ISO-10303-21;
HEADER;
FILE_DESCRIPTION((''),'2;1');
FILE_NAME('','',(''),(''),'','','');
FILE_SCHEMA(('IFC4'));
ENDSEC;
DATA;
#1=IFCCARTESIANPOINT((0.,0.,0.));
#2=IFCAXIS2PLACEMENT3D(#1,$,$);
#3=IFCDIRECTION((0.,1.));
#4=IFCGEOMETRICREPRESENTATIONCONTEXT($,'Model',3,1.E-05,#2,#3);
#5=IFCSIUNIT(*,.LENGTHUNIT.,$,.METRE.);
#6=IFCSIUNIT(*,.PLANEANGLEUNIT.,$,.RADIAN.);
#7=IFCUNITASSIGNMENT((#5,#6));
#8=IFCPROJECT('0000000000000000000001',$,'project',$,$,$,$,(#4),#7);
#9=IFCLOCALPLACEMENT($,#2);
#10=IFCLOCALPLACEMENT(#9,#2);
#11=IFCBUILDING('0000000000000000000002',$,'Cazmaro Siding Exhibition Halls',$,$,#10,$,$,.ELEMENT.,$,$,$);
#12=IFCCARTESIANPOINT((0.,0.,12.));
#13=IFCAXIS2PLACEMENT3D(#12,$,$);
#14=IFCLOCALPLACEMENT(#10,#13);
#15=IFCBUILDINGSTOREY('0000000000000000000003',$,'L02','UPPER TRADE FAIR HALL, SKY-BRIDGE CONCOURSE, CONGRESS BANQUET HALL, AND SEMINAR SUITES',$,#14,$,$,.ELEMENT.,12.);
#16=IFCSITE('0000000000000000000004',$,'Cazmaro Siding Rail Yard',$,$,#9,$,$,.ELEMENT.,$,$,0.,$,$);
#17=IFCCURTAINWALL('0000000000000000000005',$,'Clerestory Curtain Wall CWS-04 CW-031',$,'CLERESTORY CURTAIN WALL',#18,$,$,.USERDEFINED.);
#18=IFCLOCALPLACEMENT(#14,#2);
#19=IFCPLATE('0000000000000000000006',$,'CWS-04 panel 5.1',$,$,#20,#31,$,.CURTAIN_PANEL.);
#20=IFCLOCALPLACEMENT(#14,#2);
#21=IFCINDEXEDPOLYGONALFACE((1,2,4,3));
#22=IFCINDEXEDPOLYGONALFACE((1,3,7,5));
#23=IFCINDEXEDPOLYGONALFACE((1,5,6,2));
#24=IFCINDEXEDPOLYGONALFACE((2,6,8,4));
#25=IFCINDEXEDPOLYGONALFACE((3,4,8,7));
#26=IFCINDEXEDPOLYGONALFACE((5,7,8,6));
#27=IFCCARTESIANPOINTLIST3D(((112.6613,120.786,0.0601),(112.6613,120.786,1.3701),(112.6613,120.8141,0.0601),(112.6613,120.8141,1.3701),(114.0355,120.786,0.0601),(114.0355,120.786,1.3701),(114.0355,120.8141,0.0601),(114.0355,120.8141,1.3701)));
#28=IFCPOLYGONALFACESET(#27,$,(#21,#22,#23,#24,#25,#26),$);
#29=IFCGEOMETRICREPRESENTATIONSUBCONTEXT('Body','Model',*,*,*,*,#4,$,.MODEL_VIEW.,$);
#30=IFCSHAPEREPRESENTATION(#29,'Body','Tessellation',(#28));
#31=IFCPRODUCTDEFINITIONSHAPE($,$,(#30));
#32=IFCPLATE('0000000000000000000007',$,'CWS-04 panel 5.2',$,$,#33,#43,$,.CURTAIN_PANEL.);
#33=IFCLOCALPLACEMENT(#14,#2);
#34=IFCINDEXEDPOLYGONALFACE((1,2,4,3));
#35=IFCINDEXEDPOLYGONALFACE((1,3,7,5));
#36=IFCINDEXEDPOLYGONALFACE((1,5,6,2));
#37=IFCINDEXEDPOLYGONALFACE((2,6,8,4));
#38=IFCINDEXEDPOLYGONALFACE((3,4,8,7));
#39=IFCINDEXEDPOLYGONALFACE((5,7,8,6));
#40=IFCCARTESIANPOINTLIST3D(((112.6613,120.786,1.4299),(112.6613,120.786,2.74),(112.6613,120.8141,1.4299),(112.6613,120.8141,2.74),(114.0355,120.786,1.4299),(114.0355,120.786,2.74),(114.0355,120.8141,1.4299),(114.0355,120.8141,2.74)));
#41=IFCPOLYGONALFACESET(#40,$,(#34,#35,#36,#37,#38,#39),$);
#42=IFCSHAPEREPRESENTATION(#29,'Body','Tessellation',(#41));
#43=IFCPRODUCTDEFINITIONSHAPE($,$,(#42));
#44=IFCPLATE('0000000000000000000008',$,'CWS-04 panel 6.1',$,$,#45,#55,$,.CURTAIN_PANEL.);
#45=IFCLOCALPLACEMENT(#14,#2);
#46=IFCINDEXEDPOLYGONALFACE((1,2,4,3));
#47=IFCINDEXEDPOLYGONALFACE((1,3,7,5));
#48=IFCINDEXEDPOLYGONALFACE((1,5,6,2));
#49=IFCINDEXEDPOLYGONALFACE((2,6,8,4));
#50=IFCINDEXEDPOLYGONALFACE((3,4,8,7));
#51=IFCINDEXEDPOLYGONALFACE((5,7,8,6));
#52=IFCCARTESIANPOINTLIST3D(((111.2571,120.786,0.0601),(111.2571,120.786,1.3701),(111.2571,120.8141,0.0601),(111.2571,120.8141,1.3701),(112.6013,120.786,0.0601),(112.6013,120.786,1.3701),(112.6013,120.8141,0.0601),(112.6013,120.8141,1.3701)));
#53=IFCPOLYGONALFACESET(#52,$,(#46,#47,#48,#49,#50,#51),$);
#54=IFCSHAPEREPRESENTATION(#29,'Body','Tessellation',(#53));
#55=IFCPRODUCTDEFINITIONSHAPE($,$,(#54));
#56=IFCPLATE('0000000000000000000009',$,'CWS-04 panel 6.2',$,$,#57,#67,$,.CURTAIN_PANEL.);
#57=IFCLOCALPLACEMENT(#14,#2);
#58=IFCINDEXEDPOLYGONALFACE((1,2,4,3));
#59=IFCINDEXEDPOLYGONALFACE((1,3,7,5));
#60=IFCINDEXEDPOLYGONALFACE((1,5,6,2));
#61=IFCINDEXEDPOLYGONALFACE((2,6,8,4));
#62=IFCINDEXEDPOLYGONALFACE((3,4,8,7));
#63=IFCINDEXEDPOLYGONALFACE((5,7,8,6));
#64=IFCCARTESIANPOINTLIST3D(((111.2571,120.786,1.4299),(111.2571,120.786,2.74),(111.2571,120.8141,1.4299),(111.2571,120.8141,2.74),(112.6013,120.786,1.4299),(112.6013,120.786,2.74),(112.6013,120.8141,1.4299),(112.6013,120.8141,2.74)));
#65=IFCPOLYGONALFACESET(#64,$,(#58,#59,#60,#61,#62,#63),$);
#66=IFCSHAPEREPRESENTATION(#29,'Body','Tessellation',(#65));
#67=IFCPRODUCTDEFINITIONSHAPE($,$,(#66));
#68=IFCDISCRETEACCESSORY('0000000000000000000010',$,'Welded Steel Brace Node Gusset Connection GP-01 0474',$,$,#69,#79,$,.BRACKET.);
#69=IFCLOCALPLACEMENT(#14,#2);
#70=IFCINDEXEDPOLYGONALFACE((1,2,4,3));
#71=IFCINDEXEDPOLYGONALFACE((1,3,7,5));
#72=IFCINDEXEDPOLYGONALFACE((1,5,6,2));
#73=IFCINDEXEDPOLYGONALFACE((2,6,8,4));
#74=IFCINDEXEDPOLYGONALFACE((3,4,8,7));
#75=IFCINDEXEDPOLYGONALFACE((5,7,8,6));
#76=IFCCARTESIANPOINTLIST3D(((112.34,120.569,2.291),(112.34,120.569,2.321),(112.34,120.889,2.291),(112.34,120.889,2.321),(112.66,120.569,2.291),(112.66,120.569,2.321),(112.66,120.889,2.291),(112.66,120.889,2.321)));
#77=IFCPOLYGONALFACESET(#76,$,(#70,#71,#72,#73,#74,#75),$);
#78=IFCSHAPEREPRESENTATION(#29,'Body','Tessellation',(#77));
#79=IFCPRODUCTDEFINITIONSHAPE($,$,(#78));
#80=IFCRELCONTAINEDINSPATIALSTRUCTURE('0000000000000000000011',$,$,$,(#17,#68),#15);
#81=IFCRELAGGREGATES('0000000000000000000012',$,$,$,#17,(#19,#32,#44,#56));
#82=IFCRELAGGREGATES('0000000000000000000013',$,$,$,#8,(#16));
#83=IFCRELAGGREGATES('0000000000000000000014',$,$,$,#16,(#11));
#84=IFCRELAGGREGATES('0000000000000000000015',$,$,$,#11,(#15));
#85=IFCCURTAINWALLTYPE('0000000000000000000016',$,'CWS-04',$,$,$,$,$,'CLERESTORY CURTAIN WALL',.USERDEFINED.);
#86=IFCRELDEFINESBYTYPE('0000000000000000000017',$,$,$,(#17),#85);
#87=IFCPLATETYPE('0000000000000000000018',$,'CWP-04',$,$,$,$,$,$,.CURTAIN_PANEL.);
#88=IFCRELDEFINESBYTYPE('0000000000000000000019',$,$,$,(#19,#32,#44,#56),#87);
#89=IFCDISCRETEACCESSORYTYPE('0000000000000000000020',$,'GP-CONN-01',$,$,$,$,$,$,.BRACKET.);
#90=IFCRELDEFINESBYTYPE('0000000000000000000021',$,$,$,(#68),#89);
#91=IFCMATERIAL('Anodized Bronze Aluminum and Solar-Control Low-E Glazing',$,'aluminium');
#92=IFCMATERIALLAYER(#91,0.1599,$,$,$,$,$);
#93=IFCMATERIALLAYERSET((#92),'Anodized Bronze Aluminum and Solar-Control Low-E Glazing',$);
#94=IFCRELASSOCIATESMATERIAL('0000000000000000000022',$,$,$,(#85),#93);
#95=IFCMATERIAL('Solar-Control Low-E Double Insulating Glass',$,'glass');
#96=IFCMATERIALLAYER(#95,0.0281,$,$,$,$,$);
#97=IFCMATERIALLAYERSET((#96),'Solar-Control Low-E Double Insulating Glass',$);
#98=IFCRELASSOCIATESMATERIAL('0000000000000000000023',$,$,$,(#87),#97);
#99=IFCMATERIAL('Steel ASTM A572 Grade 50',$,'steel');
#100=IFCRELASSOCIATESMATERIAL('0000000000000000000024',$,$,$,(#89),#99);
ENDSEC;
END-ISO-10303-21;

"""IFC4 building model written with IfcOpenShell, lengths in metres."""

from ifc_helpers import new_model, si_unit, direction, frame, origin, origin_2d, place, context, subcontext, project, spatial, rectangle, extrude, material, layer, layer_set, type_object, element, aggregate, save


model = new_model("IFC4")

# Units and contexts
model_context = context("Model", 3, precision=1e-05, world=origin(), true_north=direction((0.0, 1.0)))
body_context = subcontext(model_context, "Body", "Model", "MODEL_VIEW")
ifc_project = project(units=[si_unit("LENGTHUNIT", "METRE"), si_unit("PLANEANGLEUNIT", "RADIAN")], contexts=[model_context])

# Site, building, storey
site_placement = place(None, origin())
site = spatial("IfcSite", under=ifc_project, at=site_placement, Name="Cazmaro Siding Rail Yard", CompositionType="ELEMENT", RefElevation=0.0)
building_placement = place(site_placement, origin())
building = spatial("IfcBuilding", under=site, at=building_placement, Name="Cazmaro Siding Exhibition Halls", CompositionType="ELEMENT")
storey_placement = place(building_placement, frame((0.0, 0.0, 12.0)))
storey = spatial("IfcBuildingStorey", under=building, at=storey_placement, Name="L02", Description="UPPER TRADE FAIR HALL, SKY-BRIDGE CONCOURSE, CONGRESS BANQUET HALL, AND SEMINAR SUITES", CompositionType="ELEMENT", Elevation=12.0)

# Shared definitions
ifc_material_1 = material(Name="Anodized Bronze Aluminum and Solar-Control Low-E Glazing", Category="aluminium")
ifc_layer_1 = layer(ifc_material_1, 0.1599)
ifc_layer_set_1 = layer_set([ifc_layer_1], Name="Anodized Bronze Aluminum and Solar-Control Low-E Glazing")
curtain_wall_type = type_object("IfcCurtainWallType", Name="CWS-04", ElementType="CLERESTORY CURTAIN WALL", PredefinedType="USERDEFINED", material=ifc_layer_set_1)

# Curtain wall
curtain_wall_1_placement = place(storey_placement, origin())
curtain_wall_1 = element("IfcCurtainWall", 1, at=curtain_wall_1_placement, inside=storey, type_object=curtain_wall_type, Name="Clerestory Curtain Wall CWS-04 CW-031", ObjectType="CLERESTORY CURTAIN WALL", PredefinedType="USERDEFINED")

# Plates
ifc_material_2 = material(Name="Solar-Control Low-E Double Insulating Glass", Category="glass")
ifc_layer_2 = layer(ifc_material_2, 0.0281)
ifc_layer_set_2 = layer_set([ifc_layer_2], Name="Solar-Control Low-E Double Insulating Glass")
plate_type_1 = type_object("IfcPlateType", Name="CWP-04", PredefinedType="CURTAIN_PANEL", material=ifc_layer_set_2)
plate_1_placement = place(storey_placement, frame((113.3484, 120.8, 0.0601), z_axis=(0.0, 0.0, 1.0), x_axis=(-1.0, 0.0, 0.0)))
plate_1 = element("IfcPlate", 2, at=plate_1_placement, type_object=plate_type_1, Name="CWS-04 panel 5.1", PredefinedType="CURTAIN_PANEL", context=body_context, shape_type="SweptSolid", body=[
    extrude(rectangle(XDim=1.3743, YDim=0.0281, at=origin_2d()), origin(), (0.0, 0.0, 1.0), 1.3101),
])
plate_2_placement = place(storey_placement, frame((113.3484, 120.8, 1.4299), z_axis=(0.0, 0.0, 1.0), x_axis=(-1.0, 0.0, 0.0)))
plate_2 = element("IfcPlate", 3, at=plate_2_placement, type_object=plate_type_1, Name="CWS-04 panel 5.2", PredefinedType="CURTAIN_PANEL", context=body_context, shape_type="SweptSolid", body=[
    extrude(rectangle(XDim=1.3743, YDim=0.0281, at=origin_2d()), origin(), (0.0, 0.0, 1.0), 1.3101),
])
plate_3_placement = place(storey_placement, frame((111.9292, 120.8, 0.0601), z_axis=(0.0, 0.0, 1.0), x_axis=(-1.0, 0.0, 0.0)))
plate_3 = element("IfcPlate", 4, at=plate_3_placement, type_object=plate_type_1, Name="CWS-04 panel 6.1", PredefinedType="CURTAIN_PANEL", context=body_context, shape_type="SweptSolid", body=[
    extrude(rectangle(XDim=1.3442, YDim=0.0281, at=origin_2d()), origin(), (0.0, 0.0, 1.0), 1.3101),
])
plate_4_placement = place(storey_placement, frame((111.9292, 120.8, 1.4299), z_axis=(0.0, 0.0, 1.0), x_axis=(-1.0, 0.0, 0.0)))
plate_4 = element("IfcPlate", 5, at=plate_4_placement, type_object=plate_type_1, Name="CWS-04 panel 6.2", PredefinedType="CURTAIN_PANEL", context=body_context, shape_type="SweptSolid", body=[
    extrude(rectangle(XDim=1.3442, YDim=0.0281, at=origin_2d()), origin(), (0.0, 0.0, 1.0), 1.3101),
])
aggregate(curtain_wall_1, [plate_1, plate_2, plate_3, plate_4])

# Discrete accessory
ifc_material_3 = material(Name="Steel ASTM A572 Grade 50", Category="steel")
discrete_accessory_type = type_object("IfcDiscreteAccessoryType", Name="GP-CONN-01", PredefinedType="BRACKET", material=ifc_material_3)
discrete_accessory_placement = place(storey_placement, frame((112.5, 120.729, 2.291), z_axis=(0.0, 0.0, 1.0), x_axis=(1.0, 0.0, 0.0)))
element("IfcDiscreteAccessory", 6, at=discrete_accessory_placement, inside=storey, type_object=discrete_accessory_type, Name="Welded Steel Brace Node Gusset Connection GP-01 0474", PredefinedType="BRACKET", context=body_context, shape_type="SweptSolid", body=[
    extrude(rectangle(XDim=0.3201, YDim=0.3201, at=origin_2d()), origin(), (0.0, 0.0, 1.0), 0.03),
])

save(model, "model.ifc")
